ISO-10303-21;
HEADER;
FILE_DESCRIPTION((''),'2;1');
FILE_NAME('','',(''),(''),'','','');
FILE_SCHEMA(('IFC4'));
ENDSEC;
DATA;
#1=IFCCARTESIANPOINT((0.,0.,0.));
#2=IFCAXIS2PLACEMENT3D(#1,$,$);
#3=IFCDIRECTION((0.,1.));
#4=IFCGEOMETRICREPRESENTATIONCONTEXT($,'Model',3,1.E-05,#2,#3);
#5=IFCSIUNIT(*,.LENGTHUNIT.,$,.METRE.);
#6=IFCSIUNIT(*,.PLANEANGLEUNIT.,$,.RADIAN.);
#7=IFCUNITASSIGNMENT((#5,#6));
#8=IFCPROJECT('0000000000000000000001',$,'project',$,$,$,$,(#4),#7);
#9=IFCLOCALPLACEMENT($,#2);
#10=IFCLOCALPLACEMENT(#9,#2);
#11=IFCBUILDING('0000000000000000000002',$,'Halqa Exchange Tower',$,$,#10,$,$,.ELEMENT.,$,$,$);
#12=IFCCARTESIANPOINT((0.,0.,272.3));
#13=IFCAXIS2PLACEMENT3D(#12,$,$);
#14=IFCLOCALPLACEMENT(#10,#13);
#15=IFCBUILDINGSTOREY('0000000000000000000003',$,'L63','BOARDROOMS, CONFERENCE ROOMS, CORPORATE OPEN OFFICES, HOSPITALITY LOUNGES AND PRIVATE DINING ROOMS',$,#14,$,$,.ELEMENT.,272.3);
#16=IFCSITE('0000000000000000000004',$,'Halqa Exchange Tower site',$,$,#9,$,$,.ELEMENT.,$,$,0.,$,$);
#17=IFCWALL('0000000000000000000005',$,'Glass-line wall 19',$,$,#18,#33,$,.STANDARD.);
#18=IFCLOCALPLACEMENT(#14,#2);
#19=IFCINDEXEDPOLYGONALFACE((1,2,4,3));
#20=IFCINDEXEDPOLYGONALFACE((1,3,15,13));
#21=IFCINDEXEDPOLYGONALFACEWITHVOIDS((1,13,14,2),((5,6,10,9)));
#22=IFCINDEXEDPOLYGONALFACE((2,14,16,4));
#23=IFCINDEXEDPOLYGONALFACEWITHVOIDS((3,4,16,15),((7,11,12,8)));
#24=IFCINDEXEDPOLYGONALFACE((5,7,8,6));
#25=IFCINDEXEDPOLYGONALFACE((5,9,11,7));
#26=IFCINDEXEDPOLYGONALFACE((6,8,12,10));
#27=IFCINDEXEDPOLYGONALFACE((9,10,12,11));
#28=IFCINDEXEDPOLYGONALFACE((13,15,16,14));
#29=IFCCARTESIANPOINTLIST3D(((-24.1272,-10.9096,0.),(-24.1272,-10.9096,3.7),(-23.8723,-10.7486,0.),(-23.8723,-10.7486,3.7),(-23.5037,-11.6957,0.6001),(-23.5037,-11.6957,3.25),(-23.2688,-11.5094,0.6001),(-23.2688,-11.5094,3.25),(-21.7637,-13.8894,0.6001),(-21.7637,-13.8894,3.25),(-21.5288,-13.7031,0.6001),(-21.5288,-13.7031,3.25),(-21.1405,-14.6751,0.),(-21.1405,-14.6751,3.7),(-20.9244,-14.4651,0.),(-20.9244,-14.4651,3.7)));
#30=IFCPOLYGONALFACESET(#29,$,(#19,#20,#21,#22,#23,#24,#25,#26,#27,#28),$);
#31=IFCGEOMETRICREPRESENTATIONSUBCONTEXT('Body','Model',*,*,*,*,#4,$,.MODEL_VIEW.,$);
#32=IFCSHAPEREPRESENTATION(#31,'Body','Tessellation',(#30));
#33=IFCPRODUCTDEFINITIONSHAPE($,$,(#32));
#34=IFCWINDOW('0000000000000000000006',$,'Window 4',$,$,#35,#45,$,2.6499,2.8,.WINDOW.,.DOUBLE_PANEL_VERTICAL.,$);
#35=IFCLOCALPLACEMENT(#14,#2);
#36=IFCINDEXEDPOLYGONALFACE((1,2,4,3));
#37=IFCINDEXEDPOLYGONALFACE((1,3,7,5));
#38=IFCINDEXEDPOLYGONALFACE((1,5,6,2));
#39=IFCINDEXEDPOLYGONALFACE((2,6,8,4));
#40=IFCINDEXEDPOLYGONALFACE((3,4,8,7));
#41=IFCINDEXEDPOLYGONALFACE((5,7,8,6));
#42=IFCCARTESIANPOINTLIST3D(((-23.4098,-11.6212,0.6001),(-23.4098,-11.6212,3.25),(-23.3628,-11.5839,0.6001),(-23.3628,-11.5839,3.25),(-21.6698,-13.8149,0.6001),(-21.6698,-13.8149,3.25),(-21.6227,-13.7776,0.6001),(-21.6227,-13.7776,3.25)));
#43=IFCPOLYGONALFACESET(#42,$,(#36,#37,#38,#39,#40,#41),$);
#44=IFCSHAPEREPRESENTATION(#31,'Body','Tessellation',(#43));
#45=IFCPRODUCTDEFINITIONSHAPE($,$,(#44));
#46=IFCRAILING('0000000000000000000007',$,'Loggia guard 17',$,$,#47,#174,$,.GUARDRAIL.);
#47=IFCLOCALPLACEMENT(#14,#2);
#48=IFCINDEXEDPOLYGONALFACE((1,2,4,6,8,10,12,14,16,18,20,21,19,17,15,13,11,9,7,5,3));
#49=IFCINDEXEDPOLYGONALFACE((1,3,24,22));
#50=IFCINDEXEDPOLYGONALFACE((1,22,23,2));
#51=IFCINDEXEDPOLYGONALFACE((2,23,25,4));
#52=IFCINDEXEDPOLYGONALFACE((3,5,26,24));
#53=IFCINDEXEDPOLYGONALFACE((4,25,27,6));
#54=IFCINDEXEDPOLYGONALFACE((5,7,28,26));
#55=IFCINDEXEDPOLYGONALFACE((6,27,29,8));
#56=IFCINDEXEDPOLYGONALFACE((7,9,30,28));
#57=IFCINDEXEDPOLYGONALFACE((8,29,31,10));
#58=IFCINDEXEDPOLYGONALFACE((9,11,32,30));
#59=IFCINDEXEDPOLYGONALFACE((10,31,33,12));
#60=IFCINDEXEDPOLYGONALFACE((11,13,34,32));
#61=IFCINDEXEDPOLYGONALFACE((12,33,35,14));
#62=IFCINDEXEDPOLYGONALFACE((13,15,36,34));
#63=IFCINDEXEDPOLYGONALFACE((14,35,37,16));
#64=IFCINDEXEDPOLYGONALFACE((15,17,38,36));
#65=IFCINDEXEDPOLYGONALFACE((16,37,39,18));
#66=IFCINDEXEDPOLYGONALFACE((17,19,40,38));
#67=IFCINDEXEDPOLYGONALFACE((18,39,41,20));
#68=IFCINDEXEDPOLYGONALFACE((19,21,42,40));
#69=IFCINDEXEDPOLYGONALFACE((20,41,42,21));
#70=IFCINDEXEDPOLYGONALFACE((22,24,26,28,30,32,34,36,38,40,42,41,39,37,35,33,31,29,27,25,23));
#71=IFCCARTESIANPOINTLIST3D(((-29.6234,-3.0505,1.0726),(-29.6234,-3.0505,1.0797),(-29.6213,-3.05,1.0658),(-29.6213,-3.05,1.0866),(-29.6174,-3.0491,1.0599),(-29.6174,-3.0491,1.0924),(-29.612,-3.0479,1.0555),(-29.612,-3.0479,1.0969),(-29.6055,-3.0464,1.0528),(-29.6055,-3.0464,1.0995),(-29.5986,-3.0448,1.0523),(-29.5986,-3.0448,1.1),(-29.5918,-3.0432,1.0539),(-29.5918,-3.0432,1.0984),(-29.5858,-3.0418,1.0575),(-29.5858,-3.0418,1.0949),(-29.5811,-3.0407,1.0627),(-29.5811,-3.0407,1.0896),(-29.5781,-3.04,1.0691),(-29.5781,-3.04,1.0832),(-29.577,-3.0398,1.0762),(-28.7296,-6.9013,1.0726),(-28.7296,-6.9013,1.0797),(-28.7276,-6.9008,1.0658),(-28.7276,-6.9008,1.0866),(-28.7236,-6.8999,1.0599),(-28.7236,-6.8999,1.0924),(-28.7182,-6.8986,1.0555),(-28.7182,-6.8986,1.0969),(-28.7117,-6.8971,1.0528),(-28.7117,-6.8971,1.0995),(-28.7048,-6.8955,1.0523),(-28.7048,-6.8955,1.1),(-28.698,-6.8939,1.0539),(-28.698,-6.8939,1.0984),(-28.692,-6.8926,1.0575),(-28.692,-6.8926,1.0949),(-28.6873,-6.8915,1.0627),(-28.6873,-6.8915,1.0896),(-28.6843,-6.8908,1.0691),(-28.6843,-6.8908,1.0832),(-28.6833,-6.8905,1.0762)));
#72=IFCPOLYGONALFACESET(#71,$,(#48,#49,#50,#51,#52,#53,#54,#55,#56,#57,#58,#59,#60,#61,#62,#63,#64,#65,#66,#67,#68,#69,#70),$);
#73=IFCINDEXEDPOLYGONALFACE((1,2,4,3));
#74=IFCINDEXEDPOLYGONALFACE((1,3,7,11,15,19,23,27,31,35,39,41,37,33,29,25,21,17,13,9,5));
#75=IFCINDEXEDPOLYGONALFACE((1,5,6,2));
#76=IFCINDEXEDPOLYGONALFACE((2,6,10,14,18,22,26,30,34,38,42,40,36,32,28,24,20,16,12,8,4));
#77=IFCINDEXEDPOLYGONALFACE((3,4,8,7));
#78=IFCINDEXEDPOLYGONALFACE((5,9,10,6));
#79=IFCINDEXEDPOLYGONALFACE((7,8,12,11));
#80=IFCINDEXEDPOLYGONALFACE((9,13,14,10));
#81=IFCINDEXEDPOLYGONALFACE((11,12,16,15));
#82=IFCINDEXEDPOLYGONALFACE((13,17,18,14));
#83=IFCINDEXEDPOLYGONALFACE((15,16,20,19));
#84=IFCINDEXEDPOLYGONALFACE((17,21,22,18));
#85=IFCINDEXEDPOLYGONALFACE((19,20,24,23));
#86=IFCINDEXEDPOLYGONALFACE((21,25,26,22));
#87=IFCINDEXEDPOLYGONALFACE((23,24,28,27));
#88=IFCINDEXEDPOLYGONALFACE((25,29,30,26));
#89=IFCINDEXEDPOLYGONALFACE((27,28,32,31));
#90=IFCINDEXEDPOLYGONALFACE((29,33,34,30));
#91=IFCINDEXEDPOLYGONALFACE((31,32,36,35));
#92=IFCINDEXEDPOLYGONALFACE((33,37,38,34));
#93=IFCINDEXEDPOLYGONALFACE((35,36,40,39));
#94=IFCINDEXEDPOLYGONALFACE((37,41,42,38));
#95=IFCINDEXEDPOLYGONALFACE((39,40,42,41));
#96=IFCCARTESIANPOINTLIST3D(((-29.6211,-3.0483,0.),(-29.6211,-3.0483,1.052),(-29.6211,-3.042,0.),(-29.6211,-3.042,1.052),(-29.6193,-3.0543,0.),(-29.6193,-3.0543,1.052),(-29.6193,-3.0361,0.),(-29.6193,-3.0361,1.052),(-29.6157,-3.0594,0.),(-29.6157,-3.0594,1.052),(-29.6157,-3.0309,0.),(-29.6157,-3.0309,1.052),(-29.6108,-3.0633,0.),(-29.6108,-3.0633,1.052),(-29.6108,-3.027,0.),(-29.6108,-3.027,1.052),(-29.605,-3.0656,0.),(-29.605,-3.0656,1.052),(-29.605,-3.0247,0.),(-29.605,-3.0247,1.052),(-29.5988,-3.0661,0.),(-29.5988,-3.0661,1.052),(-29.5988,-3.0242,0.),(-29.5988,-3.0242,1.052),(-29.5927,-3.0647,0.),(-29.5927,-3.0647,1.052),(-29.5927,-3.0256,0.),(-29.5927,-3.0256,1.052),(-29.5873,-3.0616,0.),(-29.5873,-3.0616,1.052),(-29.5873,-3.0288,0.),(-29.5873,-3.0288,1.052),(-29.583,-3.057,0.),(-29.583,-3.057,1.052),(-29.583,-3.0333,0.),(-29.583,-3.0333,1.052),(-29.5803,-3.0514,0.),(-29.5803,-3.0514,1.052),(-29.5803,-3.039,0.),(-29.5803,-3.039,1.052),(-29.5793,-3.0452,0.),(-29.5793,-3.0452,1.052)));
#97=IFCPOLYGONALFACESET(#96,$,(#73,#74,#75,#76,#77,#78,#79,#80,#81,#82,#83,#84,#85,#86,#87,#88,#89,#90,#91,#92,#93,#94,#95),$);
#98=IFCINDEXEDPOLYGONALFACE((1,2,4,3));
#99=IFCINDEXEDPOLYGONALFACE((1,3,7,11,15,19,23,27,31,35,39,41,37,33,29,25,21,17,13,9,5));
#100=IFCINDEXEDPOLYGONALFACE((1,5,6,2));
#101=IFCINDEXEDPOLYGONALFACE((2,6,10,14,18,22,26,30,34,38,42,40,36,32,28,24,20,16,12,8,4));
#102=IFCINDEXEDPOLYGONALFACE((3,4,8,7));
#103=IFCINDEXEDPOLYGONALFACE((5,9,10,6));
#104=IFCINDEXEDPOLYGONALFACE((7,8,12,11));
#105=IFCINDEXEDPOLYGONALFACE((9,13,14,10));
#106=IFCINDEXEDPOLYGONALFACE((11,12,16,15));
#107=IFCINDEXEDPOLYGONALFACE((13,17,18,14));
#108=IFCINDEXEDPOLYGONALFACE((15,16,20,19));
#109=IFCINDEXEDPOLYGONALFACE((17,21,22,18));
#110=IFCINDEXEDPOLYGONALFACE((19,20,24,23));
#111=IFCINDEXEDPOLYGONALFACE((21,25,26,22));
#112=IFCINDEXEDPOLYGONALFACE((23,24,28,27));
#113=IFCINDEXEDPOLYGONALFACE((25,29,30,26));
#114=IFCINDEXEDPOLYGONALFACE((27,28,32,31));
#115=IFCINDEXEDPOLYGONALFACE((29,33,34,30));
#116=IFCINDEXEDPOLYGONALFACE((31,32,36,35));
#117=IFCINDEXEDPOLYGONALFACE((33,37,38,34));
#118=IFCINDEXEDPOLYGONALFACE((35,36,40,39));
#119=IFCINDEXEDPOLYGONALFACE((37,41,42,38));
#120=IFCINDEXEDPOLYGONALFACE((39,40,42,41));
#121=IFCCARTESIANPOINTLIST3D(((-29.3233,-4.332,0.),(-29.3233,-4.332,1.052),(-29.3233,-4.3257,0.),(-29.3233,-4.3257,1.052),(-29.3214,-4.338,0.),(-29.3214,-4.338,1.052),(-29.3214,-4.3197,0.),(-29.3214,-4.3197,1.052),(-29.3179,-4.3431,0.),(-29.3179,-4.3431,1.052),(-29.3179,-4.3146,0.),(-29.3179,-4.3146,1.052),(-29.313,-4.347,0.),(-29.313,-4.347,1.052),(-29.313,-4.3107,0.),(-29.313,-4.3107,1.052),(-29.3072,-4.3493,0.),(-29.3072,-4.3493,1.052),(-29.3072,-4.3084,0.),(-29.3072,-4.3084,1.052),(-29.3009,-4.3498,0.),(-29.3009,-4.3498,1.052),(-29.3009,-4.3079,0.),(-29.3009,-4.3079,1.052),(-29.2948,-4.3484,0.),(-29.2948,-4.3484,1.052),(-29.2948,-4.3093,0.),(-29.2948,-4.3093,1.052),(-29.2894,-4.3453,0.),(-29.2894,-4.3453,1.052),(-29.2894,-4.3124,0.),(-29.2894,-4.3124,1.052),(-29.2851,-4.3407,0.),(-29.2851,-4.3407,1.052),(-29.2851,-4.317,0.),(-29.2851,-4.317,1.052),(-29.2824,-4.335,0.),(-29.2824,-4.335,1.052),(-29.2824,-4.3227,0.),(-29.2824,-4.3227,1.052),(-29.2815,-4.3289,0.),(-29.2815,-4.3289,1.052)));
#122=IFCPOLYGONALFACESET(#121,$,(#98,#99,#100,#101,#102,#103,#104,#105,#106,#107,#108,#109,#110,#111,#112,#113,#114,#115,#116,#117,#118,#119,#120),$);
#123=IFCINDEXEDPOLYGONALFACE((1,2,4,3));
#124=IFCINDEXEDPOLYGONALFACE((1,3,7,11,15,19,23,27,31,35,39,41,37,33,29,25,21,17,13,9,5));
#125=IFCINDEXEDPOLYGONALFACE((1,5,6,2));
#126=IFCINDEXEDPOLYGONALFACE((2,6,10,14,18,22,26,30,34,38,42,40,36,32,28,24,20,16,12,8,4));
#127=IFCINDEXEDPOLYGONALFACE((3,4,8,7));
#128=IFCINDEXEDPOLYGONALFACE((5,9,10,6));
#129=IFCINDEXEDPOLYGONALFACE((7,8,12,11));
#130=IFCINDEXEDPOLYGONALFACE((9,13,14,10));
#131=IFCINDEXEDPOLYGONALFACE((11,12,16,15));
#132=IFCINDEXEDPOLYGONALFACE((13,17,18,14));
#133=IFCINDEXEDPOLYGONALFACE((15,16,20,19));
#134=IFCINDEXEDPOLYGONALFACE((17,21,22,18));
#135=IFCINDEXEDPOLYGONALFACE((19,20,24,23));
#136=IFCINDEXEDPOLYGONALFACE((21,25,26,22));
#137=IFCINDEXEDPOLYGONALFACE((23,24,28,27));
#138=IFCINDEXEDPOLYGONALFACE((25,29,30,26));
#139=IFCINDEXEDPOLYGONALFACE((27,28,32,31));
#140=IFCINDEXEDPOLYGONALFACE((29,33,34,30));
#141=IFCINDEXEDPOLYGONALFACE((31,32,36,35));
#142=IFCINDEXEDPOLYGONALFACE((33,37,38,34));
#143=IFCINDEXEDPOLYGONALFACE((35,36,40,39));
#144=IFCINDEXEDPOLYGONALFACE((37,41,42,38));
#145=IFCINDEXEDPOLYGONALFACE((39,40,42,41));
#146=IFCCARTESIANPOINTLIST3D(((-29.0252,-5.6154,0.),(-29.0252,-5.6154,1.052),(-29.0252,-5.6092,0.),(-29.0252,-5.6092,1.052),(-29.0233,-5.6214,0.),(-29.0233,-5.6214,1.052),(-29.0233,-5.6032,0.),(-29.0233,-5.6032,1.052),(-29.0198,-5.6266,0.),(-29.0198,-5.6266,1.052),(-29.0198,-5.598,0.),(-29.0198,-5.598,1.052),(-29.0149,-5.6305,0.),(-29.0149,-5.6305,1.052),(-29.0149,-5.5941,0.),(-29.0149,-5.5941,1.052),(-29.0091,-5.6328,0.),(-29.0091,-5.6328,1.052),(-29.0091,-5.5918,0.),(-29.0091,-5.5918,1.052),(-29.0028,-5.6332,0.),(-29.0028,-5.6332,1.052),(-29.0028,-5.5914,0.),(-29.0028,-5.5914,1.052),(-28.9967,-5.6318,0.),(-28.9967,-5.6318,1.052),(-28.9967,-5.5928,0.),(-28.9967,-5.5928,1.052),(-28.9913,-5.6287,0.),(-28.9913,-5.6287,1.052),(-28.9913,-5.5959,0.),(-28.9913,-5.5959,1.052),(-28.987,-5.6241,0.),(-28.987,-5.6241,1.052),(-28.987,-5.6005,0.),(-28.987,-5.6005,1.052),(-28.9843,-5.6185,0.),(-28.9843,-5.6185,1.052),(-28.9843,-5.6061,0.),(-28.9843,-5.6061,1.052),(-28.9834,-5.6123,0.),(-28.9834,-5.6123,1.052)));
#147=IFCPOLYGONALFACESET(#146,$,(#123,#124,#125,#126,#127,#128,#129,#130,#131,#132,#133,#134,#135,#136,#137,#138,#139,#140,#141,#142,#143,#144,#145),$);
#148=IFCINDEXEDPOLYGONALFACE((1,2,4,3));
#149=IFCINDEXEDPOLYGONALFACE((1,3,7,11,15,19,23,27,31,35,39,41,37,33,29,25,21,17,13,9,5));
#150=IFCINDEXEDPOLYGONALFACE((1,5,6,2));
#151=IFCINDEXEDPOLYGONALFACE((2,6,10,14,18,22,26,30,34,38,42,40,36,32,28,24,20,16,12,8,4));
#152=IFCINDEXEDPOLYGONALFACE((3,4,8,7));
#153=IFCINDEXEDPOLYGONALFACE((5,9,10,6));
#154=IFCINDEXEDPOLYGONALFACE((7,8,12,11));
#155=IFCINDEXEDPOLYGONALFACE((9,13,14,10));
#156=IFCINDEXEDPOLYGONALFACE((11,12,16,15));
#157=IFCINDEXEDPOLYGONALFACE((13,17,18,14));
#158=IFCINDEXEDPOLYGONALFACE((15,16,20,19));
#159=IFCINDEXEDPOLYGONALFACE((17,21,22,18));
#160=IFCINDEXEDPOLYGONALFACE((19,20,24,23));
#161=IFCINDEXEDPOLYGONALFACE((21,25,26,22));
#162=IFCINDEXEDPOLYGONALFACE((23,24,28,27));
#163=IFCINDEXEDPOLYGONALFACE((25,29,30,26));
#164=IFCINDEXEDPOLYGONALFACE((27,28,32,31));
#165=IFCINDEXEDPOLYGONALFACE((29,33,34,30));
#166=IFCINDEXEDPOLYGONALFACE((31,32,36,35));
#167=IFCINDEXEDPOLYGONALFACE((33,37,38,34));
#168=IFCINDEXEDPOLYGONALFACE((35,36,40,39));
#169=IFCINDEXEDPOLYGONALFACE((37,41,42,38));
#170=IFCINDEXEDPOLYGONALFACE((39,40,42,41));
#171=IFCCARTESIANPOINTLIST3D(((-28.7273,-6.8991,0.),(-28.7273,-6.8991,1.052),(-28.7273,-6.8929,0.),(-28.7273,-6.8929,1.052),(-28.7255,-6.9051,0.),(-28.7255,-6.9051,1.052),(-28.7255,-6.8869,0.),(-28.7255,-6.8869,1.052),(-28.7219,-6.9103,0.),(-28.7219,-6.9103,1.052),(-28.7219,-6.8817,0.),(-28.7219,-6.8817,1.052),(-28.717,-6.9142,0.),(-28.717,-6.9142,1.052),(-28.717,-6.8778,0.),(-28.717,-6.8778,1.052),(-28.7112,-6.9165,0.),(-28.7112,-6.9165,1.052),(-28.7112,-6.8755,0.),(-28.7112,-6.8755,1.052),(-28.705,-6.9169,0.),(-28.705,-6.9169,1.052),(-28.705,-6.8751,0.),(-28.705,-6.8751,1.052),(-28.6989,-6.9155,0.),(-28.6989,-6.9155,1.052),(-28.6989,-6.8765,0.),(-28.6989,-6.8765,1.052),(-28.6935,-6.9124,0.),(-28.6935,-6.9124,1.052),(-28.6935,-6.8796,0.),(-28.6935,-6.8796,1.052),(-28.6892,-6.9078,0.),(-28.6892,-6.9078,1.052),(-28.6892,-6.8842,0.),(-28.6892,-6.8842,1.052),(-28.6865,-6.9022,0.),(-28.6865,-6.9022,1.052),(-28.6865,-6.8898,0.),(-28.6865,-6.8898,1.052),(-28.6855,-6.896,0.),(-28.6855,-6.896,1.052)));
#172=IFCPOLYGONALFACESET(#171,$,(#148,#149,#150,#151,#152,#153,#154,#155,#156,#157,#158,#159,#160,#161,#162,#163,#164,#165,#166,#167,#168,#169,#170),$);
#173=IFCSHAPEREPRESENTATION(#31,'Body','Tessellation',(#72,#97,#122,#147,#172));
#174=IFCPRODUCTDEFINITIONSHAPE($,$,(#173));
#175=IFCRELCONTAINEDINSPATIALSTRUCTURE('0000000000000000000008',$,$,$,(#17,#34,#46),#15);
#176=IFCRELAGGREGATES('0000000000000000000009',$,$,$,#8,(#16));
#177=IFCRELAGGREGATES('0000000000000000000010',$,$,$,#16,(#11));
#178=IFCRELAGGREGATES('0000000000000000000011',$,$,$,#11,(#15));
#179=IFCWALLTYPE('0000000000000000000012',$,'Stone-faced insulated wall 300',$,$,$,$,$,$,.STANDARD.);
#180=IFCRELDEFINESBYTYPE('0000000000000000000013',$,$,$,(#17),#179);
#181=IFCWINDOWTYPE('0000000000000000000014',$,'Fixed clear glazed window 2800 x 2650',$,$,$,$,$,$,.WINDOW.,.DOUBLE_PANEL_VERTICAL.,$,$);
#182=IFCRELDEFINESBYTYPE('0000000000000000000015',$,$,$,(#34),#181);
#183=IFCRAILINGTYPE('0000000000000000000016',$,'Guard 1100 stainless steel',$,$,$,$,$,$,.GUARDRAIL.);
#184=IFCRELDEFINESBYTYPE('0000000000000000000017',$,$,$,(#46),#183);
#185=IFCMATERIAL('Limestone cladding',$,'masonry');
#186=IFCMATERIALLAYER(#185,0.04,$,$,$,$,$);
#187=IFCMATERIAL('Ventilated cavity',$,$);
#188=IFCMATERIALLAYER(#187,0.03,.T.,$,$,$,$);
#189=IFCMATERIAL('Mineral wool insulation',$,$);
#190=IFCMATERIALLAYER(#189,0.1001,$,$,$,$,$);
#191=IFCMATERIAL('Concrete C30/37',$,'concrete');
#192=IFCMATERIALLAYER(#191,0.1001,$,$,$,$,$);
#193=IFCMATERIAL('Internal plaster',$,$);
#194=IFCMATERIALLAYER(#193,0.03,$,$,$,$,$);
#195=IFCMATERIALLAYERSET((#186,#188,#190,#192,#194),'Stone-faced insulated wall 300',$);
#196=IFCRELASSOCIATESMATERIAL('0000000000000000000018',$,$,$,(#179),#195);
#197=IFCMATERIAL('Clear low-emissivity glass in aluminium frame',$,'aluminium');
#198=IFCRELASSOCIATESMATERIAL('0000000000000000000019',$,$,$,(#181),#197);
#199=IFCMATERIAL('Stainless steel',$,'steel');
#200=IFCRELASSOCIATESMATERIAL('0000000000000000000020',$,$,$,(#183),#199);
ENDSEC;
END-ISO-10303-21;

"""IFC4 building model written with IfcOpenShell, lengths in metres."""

from ifc_helpers import new_model, si_unit, direction, frame, frame_2d, origin, origin_2d, place, context, subcontext, project, spatial, polyline, rectangle, circle, outline, extrude, material, layer, layer_set, type_object, element, fill, save


model = new_model("IFC4")

# Units and contexts
model_context = context("Model", 3, precision=1e-05, world=origin(), true_north=direction((0.0, 1.0)))
body_context = subcontext(model_context, "Body", "Model", "MODEL_VIEW")
ifc_project = project(units=[si_unit("LENGTHUNIT", "METRE"), si_unit("PLANEANGLEUNIT", "RADIAN")], contexts=[model_context])

# Site, building, storey
site_placement = place(None, origin())
site = spatial("IfcSite", under=ifc_project, at=site_placement, Name="Halqa Exchange Tower site", CompositionType="ELEMENT", RefElevation=0.0)
building_placement = place(site_placement, origin())
building = spatial("IfcBuilding", under=site, at=building_placement, Name="Halqa Exchange Tower", CompositionType="ELEMENT")
storey_placement = place(building_placement, frame((0.0, 0.0, 272.3)))
storey = spatial("IfcBuildingStorey", under=building, at=storey_placement, Name="L63", Description="BOARDROOMS, CONFERENCE ROOMS, CORPORATE OPEN OFFICES, HOSPITALITY LOUNGES AND PRIVATE DINING ROOMS", CompositionType="ELEMENT", Elevation=272.3)

# Wall, opening, window
ifc_material_1 = material(Name="Limestone cladding", Category="masonry")
ifc_layer_1 = layer(ifc_material_1, 0.04)
ifc_material_2 = material(Name="Ventilated cavity")
ifc_layer_2 = layer(ifc_material_2, 0.03, ventilated=True)
ifc_material_3 = material(Name="Mineral wool insulation")
ifc_layer_3 = layer(ifc_material_3, 0.1001)
ifc_material_4 = material(Name="Concrete C30/37", Category="concrete")
ifc_layer_4 = layer(ifc_material_4, 0.1001)
ifc_material_5 = material(Name="Internal plaster")
ifc_layer_5 = layer(ifc_material_5, 0.03)
ifc_layer_set_1 = layer_set([ifc_layer_1, ifc_layer_2, ifc_layer_3, ifc_layer_4, ifc_layer_5], Name="Stone-faced insulated wall 300")
wall_type_1 = type_object("IfcWallType", Name="Stone-faced insulated wall 300", PredefinedType="STANDARD", material=ifc_layer_set_1)
ifc_material_6 = material(Name="Clear low-emissivity glass in aluminium frame", Category="aluminium")
window_type = type_object("IfcWindowType", Name="Fixed clear glazed window 2800 x 2650", PartitioningType="DOUBLE_PANEL_VERTICAL", PredefinedType="WINDOW", material=ifc_material_6)
wall_1_placement = place(storey_placement, frame((-23.9998, -10.8291, 0.0), z_axis=(0.0, 0.0, 1.0), x_axis=(0.621435, -0.783466, 0.0)))
wall_1 = element("IfcWall", 1, at=wall_1_placement, inside=storey, type_object=wall_type_1, Name="Glass-line wall 19", PredefinedType="STANDARD", context=body_context, shape_type="SweptSolid", body=[
    extrude(outline(polyline([(-0.0161, -0.1499), (4.79, -0.1499), (4.7598, 0.1499), (0.0161, 0.1499), (-0.0161, -0.1499)])), origin(), (0.0, 0.0, 1.0), 3.7),
])
opening_1_placement = place(wall_1_placement, frame((0.9873, 0.0, 0.6001)))
opening_1 = element("IfcOpeningElement", 2, at=opening_1_placement, cuts=wall_1, PredefinedType="OPENING", context=body_context, shape_type="SweptSolid", body=[
    extrude(rectangle(XDim=2.8, YDim=2.6499, at=frame_2d((1.3999, 1.325))), frame((0.0, 0.1621, 0.0), z_axis=(0.0, -1.0, 0.0), x_axis=(1.0, 0.0, 0.0)), (0.0, 0.0, 1.0), 0.324),
])
window_1_placement = place(opening_1_placement, origin())
window_1 = element("IfcWindow", 3, at=window_1_placement, inside=storey, type_object=window_type, Name="Window 4", OverallHeight=2.6499, OverallWidth=2.8, PartitioningType="DOUBLE_PANEL_VERTICAL", PredefinedType="WINDOW", context=body_context, shape_type="SweptSolid", body=[
    extrude(rectangle(XDim=2.8, YDim=2.6499, at=frame_2d((1.3999, 1.325))), frame((0.0, 0.03, 0.0), z_axis=(0.0, -1.0, 0.0), x_axis=(1.0, 0.0, 0.0)), (0.0, 0.0, 1.0), 0.0601),
])
fill(opening_1, window_1)

# Railing
ifc_material_7 = material(Name="Stainless steel", Category="steel")
railing_type = type_object("IfcRailingType", Name="Guard 1100 stainless steel", PredefinedType="GUARDRAIL", material=ifc_material_7)
railing_1_placement = place(storey_placement, frame((-29.6003, -3.0452, 0.0)))
element("IfcRailing", 4, at=railing_1_placement, inside=storey, type_object=railing_type, Name="Loggia guard 17", PredefinedType="GUARDRAIL", context=body_context, shape_type="SweptSolid", body=[
    extrude(circle(Radius=0.0239, at=origin_2d()), frame((0.0, 0.0, 1.0762), z_axis=(0.226095, -0.974105, 0.0), x_axis=(0.974105, 0.226095, 0.0)), (0.0, 0.0, 1.0), 3.9531),
    extrude(circle(Radius=0.021, at=origin_2d()), origin(), (0.0, 0.0, 1.0), 1.052),
    extrude(circle(Radius=0.021, at=origin_2d()), frame((0.2979, -1.2837, 0.0)), (0.0, 0.0, 1.0), 1.052),
    extrude(circle(Radius=0.021, at=origin_2d()), frame((0.5959, -2.5671, 0.0)), (0.0, 0.0, 1.0), 1.052),
    extrude(circle(Radius=0.021, at=origin_2d()), frame((0.8938, -3.8508, 0.0)), (0.0, 0.0, 1.0), 1.052),
])

save(model, "model.ifc")
